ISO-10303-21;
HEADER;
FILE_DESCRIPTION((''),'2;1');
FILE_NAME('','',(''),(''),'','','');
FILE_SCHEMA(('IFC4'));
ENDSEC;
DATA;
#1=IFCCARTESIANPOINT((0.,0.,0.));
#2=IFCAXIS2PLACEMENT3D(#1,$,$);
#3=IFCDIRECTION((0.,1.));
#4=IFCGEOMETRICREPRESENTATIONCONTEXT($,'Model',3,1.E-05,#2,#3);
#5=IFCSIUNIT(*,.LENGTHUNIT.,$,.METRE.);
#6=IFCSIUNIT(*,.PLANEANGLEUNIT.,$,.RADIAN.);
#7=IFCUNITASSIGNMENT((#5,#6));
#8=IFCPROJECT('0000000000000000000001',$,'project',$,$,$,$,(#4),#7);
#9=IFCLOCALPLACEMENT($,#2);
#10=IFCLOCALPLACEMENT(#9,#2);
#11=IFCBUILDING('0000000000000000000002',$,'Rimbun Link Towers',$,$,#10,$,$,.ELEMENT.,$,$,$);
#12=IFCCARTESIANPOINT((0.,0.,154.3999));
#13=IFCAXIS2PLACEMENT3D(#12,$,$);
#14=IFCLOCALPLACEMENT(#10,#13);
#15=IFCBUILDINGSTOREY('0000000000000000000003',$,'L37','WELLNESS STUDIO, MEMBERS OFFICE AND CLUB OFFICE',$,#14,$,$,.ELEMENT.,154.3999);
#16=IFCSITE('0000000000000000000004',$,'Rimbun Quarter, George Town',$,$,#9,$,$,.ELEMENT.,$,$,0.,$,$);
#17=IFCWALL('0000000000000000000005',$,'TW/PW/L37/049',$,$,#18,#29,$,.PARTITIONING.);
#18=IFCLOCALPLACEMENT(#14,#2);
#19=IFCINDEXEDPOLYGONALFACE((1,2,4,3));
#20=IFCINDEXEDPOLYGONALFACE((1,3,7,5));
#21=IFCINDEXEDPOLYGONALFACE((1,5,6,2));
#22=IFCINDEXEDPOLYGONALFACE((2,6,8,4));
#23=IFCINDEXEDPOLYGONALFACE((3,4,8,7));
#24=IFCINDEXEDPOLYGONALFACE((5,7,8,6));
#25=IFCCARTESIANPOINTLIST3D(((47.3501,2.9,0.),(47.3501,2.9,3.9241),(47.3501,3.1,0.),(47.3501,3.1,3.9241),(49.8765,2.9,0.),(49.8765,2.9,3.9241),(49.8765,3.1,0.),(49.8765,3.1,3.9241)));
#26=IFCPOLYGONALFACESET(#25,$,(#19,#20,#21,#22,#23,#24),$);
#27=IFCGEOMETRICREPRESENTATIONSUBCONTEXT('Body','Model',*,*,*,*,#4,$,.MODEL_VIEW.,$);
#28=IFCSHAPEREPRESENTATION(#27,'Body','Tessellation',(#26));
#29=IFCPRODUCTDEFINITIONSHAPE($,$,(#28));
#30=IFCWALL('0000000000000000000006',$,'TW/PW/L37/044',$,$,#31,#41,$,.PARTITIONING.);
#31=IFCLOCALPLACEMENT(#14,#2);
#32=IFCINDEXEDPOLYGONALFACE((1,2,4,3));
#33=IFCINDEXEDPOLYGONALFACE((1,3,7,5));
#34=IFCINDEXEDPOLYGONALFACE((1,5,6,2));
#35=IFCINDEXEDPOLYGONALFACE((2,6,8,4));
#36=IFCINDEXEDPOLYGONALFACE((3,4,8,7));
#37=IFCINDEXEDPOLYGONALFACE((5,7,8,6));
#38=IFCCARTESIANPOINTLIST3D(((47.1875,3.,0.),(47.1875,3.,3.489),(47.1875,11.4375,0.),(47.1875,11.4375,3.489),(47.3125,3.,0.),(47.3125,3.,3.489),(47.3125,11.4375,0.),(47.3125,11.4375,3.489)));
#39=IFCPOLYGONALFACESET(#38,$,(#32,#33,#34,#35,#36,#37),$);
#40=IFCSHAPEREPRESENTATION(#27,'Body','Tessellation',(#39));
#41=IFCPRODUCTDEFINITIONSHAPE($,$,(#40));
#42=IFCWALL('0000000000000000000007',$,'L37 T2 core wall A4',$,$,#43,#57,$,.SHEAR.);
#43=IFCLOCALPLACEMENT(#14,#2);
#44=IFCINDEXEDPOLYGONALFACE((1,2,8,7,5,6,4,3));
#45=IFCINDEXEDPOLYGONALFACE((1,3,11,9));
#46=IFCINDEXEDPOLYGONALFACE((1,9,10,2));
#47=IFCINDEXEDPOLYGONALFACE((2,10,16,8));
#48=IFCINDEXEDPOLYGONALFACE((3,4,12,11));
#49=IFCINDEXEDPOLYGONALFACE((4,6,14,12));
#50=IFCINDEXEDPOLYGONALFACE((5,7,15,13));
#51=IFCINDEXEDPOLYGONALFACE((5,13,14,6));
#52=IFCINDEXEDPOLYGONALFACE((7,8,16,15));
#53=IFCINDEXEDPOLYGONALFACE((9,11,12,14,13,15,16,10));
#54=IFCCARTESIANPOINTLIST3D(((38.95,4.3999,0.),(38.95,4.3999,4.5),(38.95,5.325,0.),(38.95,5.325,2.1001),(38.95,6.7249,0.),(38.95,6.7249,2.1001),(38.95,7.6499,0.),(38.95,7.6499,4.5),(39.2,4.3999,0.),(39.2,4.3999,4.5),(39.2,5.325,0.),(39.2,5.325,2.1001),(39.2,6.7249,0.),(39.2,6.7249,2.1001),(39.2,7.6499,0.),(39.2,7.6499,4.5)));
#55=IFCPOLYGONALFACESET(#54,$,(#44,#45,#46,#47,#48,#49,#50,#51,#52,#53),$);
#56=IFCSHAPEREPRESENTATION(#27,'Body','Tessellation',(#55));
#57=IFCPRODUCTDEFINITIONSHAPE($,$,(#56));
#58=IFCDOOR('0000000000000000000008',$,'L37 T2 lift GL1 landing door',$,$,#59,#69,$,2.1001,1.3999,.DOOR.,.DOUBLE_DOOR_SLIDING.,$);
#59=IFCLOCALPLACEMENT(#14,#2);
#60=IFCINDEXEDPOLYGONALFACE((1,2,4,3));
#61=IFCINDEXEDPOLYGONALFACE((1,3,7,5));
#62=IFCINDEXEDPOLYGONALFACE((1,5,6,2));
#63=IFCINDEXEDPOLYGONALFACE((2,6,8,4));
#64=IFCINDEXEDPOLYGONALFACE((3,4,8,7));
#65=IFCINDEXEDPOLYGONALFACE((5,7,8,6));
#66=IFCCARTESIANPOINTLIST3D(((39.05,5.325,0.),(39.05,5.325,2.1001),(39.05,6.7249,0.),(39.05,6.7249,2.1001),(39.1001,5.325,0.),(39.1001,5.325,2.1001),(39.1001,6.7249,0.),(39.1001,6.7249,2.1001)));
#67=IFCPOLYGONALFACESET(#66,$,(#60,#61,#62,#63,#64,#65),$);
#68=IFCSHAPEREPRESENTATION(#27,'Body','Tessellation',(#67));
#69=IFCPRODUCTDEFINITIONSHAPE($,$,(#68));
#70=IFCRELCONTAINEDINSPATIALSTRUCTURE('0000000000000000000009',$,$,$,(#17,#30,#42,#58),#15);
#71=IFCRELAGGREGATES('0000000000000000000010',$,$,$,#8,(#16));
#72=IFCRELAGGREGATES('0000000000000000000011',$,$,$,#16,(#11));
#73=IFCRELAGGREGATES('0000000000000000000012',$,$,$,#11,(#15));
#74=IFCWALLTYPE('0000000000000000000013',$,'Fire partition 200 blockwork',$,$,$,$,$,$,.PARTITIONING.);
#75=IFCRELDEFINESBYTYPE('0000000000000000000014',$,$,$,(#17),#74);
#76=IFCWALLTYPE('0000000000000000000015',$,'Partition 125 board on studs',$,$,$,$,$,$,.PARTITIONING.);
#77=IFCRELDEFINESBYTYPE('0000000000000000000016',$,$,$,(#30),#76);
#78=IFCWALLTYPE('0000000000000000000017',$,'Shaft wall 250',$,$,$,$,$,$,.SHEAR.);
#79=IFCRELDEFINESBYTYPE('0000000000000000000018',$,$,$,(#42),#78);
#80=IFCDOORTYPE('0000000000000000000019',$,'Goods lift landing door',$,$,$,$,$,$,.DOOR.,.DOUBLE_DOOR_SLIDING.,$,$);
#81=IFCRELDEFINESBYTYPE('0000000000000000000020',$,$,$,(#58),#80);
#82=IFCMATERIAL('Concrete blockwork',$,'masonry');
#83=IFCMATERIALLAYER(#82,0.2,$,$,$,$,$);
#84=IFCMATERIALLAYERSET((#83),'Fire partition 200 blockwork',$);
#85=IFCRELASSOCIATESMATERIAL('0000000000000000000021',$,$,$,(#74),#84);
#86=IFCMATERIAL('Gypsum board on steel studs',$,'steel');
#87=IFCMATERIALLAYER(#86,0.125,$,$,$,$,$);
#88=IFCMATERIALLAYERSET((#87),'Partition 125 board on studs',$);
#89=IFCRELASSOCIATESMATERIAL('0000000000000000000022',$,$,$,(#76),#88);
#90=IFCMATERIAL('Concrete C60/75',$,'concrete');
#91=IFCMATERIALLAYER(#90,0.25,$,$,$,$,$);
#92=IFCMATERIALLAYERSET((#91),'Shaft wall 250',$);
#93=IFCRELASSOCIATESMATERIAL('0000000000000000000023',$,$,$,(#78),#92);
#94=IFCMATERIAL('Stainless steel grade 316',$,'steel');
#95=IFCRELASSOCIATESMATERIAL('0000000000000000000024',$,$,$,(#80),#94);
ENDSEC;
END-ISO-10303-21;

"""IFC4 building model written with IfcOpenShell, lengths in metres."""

from ifc_helpers import new_model, si_unit, direction, frame, frame_2d, origin, place, context, subcontext, project, spatial, rectangle, extrude, material, layer, layer_set, type_object, element, fill, save


model = new_model("IFC4")

# Units and contexts
model_context = context("Model", 3, precision=1e-05, world=origin(), true_north=direction((0.0, 1.0)))
body_context = subcontext(model_context, "Body", "Model", "MODEL_VIEW")
ifc_project = project(units=[si_unit("LENGTHUNIT", "METRE"), si_unit("PLANEANGLEUNIT", "RADIAN")], contexts=[model_context])

# Site, building, storey
site_placement = place(None, origin())
site = spatial("IfcSite", under=ifc_project, at=site_placement, Name="Rimbun Quarter, George Town", CompositionType="ELEMENT", RefElevation=0.0)
building_placement = place(site_placement, origin())
building = spatial("IfcBuilding", under=site, at=building_placement, Name="Rimbun Link Towers", CompositionType="ELEMENT")
storey_placement = place(building_placement, frame((0.0, 0.0, 154.3999)))
storey = spatial("IfcBuildingStorey", under=building, at=storey_placement, Name="L37", Description="WELLNESS STUDIO, MEMBERS OFFICE AND CLUB OFFICE", CompositionType="ELEMENT", Elevation=154.3999)

# Shared definitions
ifc_material_1 = material(Name="Concrete blockwork", Category="masonry")
ifc_layer_1 = layer(ifc_material_1, 0.2)
ifc_layer_set_1 = layer_set([ifc_layer_1], Name="Fire partition 200 blockwork")
wall_type_1 = type_object("IfcWallType", Name="Fire partition 200 blockwork", PredefinedType="PARTITIONING", material=ifc_layer_set_1)

# Walls
wall_1_placement = place(storey_placement, frame((49.8765, 3.0, 0.0), z_axis=(0.0, 0.0, 1.0), x_axis=(-1.0, 0.0, 0.0)))
element("IfcWall", 1, at=wall_1_placement, inside=storey, type_object=wall_type_1, Name="TW/PW/L37/049", PredefinedType="PARTITIONING", context=body_context, shape_type="SweptSolid", body=[
    extrude(rectangle(XDim=2.5264, YDim=0.2, at=frame_2d((1.2632, 0.0))), origin(), (0.0, 0.0, 1.0), 3.9241),
])
ifc_material_2 = material(Name="Gypsum board on steel studs", Category="steel")
ifc_layer_2 = layer(ifc_material_2, 0.125)
ifc_layer_set_2 = layer_set([ifc_layer_2], Name="Partition 125 board on studs")
wall_type_2 = type_object("IfcWallType", Name="Partition 125 board on studs", PredefinedType="PARTITIONING", material=ifc_layer_set_2)
wall_2_placement = place(storey_placement, frame((47.25, 3.0, 0.0), z_axis=(0.0, 0.0, 1.0), x_axis=(0.0, 1.0, 0.0)))
element("IfcWall", 2, at=wall_2_placement, inside=storey, type_object=wall_type_2, Name="TW/PW/L37/044", PredefinedType="PARTITIONING", context=body_context, shape_type="SweptSolid", body=[
    extrude(rectangle(XDim=8.4375, YDim=0.125, at=frame_2d((4.2188, 0.0))), origin(), (0.0, 0.0, 1.0), 3.489),
])

# Wall, opening, door
ifc_material_3 = material(Name="Concrete C60/75", Category="concrete")
ifc_layer_3 = layer(ifc_material_3, 0.25)
ifc_layer_set_3 = layer_set([ifc_layer_3], Name="Shaft wall 250")
wall_type_3 = type_object("IfcWallType", Name="Shaft wall 250", PredefinedType="SHEAR", material=ifc_layer_set_3)
wall_3_placement = place(storey_placement, frame((39.075, 4.3999, 0.0), z_axis=(0.0, 0.0, 1.0), x_axis=(0.0, 1.0, 0.0)))
wall_3 = element("IfcWall", 3, at=wall_3_placement, inside=storey, type_object=wall_type_3, Name="L37 T2 core wall A4", PredefinedType="SHEAR", context=body_context, shape_type="SweptSolid", body=[
    extrude(rectangle(XDim=3.25, YDim=0.25, at=frame_2d((1.625, 0.0))), origin(), (0.0, 0.0, 1.0), 4.5),
])
opening_1_placement = place(wall_3_placement, frame((0.925, 0.0, 0.0)))
opening_1 = element("IfcOpeningElement", 4, at=opening_1_placement, cuts=wall_3, PredefinedType="OPENING", context=body_context, shape_type="SweptSolid", body=[
    extrude(rectangle(XDim=1.3999, YDim=2.1001, at=frame_2d((0.7, 1.05))), frame((0.0, 0.135, 0.0), z_axis=(0.0, -1.0, 0.0), x_axis=(1.0, 0.0, 0.0)), (0.0, 0.0, 1.0), 0.27),
])
ifc_material_4 = material(Name="Stainless steel grade 316", Category="steel")
door_type_1 = type_object("IfcDoorType", Name="Goods lift landing door", OperationType="DOUBLE_DOOR_SLIDING", PredefinedType="DOOR", material=ifc_material_4)
door_1_placement = place(opening_1_placement, origin())
door_1 = element("IfcDoor", 5, at=door_1_placement, inside=storey, type_object=door_type_1, Name="L37 T2 lift GL1 landing door", OperationType="DOUBLE_DOOR_SLIDING", OverallHeight=2.1001, OverallWidth=1.3999, PredefinedType="DOOR", context=body_context, shape_type="SweptSolid", body=[
    extrude(rectangle(XDim=1.3999, YDim=2.1001, at=frame_2d((0.7, 1.05))), frame((0.0, 0.0249, 0.0), z_axis=(0.0, -1.0, 0.0), x_axis=(1.0, 0.0, 0.0)), (0.0, 0.0, 1.0), 0.05),
])
fill(opening_1, door_1)

save(model, "model.ifc")
